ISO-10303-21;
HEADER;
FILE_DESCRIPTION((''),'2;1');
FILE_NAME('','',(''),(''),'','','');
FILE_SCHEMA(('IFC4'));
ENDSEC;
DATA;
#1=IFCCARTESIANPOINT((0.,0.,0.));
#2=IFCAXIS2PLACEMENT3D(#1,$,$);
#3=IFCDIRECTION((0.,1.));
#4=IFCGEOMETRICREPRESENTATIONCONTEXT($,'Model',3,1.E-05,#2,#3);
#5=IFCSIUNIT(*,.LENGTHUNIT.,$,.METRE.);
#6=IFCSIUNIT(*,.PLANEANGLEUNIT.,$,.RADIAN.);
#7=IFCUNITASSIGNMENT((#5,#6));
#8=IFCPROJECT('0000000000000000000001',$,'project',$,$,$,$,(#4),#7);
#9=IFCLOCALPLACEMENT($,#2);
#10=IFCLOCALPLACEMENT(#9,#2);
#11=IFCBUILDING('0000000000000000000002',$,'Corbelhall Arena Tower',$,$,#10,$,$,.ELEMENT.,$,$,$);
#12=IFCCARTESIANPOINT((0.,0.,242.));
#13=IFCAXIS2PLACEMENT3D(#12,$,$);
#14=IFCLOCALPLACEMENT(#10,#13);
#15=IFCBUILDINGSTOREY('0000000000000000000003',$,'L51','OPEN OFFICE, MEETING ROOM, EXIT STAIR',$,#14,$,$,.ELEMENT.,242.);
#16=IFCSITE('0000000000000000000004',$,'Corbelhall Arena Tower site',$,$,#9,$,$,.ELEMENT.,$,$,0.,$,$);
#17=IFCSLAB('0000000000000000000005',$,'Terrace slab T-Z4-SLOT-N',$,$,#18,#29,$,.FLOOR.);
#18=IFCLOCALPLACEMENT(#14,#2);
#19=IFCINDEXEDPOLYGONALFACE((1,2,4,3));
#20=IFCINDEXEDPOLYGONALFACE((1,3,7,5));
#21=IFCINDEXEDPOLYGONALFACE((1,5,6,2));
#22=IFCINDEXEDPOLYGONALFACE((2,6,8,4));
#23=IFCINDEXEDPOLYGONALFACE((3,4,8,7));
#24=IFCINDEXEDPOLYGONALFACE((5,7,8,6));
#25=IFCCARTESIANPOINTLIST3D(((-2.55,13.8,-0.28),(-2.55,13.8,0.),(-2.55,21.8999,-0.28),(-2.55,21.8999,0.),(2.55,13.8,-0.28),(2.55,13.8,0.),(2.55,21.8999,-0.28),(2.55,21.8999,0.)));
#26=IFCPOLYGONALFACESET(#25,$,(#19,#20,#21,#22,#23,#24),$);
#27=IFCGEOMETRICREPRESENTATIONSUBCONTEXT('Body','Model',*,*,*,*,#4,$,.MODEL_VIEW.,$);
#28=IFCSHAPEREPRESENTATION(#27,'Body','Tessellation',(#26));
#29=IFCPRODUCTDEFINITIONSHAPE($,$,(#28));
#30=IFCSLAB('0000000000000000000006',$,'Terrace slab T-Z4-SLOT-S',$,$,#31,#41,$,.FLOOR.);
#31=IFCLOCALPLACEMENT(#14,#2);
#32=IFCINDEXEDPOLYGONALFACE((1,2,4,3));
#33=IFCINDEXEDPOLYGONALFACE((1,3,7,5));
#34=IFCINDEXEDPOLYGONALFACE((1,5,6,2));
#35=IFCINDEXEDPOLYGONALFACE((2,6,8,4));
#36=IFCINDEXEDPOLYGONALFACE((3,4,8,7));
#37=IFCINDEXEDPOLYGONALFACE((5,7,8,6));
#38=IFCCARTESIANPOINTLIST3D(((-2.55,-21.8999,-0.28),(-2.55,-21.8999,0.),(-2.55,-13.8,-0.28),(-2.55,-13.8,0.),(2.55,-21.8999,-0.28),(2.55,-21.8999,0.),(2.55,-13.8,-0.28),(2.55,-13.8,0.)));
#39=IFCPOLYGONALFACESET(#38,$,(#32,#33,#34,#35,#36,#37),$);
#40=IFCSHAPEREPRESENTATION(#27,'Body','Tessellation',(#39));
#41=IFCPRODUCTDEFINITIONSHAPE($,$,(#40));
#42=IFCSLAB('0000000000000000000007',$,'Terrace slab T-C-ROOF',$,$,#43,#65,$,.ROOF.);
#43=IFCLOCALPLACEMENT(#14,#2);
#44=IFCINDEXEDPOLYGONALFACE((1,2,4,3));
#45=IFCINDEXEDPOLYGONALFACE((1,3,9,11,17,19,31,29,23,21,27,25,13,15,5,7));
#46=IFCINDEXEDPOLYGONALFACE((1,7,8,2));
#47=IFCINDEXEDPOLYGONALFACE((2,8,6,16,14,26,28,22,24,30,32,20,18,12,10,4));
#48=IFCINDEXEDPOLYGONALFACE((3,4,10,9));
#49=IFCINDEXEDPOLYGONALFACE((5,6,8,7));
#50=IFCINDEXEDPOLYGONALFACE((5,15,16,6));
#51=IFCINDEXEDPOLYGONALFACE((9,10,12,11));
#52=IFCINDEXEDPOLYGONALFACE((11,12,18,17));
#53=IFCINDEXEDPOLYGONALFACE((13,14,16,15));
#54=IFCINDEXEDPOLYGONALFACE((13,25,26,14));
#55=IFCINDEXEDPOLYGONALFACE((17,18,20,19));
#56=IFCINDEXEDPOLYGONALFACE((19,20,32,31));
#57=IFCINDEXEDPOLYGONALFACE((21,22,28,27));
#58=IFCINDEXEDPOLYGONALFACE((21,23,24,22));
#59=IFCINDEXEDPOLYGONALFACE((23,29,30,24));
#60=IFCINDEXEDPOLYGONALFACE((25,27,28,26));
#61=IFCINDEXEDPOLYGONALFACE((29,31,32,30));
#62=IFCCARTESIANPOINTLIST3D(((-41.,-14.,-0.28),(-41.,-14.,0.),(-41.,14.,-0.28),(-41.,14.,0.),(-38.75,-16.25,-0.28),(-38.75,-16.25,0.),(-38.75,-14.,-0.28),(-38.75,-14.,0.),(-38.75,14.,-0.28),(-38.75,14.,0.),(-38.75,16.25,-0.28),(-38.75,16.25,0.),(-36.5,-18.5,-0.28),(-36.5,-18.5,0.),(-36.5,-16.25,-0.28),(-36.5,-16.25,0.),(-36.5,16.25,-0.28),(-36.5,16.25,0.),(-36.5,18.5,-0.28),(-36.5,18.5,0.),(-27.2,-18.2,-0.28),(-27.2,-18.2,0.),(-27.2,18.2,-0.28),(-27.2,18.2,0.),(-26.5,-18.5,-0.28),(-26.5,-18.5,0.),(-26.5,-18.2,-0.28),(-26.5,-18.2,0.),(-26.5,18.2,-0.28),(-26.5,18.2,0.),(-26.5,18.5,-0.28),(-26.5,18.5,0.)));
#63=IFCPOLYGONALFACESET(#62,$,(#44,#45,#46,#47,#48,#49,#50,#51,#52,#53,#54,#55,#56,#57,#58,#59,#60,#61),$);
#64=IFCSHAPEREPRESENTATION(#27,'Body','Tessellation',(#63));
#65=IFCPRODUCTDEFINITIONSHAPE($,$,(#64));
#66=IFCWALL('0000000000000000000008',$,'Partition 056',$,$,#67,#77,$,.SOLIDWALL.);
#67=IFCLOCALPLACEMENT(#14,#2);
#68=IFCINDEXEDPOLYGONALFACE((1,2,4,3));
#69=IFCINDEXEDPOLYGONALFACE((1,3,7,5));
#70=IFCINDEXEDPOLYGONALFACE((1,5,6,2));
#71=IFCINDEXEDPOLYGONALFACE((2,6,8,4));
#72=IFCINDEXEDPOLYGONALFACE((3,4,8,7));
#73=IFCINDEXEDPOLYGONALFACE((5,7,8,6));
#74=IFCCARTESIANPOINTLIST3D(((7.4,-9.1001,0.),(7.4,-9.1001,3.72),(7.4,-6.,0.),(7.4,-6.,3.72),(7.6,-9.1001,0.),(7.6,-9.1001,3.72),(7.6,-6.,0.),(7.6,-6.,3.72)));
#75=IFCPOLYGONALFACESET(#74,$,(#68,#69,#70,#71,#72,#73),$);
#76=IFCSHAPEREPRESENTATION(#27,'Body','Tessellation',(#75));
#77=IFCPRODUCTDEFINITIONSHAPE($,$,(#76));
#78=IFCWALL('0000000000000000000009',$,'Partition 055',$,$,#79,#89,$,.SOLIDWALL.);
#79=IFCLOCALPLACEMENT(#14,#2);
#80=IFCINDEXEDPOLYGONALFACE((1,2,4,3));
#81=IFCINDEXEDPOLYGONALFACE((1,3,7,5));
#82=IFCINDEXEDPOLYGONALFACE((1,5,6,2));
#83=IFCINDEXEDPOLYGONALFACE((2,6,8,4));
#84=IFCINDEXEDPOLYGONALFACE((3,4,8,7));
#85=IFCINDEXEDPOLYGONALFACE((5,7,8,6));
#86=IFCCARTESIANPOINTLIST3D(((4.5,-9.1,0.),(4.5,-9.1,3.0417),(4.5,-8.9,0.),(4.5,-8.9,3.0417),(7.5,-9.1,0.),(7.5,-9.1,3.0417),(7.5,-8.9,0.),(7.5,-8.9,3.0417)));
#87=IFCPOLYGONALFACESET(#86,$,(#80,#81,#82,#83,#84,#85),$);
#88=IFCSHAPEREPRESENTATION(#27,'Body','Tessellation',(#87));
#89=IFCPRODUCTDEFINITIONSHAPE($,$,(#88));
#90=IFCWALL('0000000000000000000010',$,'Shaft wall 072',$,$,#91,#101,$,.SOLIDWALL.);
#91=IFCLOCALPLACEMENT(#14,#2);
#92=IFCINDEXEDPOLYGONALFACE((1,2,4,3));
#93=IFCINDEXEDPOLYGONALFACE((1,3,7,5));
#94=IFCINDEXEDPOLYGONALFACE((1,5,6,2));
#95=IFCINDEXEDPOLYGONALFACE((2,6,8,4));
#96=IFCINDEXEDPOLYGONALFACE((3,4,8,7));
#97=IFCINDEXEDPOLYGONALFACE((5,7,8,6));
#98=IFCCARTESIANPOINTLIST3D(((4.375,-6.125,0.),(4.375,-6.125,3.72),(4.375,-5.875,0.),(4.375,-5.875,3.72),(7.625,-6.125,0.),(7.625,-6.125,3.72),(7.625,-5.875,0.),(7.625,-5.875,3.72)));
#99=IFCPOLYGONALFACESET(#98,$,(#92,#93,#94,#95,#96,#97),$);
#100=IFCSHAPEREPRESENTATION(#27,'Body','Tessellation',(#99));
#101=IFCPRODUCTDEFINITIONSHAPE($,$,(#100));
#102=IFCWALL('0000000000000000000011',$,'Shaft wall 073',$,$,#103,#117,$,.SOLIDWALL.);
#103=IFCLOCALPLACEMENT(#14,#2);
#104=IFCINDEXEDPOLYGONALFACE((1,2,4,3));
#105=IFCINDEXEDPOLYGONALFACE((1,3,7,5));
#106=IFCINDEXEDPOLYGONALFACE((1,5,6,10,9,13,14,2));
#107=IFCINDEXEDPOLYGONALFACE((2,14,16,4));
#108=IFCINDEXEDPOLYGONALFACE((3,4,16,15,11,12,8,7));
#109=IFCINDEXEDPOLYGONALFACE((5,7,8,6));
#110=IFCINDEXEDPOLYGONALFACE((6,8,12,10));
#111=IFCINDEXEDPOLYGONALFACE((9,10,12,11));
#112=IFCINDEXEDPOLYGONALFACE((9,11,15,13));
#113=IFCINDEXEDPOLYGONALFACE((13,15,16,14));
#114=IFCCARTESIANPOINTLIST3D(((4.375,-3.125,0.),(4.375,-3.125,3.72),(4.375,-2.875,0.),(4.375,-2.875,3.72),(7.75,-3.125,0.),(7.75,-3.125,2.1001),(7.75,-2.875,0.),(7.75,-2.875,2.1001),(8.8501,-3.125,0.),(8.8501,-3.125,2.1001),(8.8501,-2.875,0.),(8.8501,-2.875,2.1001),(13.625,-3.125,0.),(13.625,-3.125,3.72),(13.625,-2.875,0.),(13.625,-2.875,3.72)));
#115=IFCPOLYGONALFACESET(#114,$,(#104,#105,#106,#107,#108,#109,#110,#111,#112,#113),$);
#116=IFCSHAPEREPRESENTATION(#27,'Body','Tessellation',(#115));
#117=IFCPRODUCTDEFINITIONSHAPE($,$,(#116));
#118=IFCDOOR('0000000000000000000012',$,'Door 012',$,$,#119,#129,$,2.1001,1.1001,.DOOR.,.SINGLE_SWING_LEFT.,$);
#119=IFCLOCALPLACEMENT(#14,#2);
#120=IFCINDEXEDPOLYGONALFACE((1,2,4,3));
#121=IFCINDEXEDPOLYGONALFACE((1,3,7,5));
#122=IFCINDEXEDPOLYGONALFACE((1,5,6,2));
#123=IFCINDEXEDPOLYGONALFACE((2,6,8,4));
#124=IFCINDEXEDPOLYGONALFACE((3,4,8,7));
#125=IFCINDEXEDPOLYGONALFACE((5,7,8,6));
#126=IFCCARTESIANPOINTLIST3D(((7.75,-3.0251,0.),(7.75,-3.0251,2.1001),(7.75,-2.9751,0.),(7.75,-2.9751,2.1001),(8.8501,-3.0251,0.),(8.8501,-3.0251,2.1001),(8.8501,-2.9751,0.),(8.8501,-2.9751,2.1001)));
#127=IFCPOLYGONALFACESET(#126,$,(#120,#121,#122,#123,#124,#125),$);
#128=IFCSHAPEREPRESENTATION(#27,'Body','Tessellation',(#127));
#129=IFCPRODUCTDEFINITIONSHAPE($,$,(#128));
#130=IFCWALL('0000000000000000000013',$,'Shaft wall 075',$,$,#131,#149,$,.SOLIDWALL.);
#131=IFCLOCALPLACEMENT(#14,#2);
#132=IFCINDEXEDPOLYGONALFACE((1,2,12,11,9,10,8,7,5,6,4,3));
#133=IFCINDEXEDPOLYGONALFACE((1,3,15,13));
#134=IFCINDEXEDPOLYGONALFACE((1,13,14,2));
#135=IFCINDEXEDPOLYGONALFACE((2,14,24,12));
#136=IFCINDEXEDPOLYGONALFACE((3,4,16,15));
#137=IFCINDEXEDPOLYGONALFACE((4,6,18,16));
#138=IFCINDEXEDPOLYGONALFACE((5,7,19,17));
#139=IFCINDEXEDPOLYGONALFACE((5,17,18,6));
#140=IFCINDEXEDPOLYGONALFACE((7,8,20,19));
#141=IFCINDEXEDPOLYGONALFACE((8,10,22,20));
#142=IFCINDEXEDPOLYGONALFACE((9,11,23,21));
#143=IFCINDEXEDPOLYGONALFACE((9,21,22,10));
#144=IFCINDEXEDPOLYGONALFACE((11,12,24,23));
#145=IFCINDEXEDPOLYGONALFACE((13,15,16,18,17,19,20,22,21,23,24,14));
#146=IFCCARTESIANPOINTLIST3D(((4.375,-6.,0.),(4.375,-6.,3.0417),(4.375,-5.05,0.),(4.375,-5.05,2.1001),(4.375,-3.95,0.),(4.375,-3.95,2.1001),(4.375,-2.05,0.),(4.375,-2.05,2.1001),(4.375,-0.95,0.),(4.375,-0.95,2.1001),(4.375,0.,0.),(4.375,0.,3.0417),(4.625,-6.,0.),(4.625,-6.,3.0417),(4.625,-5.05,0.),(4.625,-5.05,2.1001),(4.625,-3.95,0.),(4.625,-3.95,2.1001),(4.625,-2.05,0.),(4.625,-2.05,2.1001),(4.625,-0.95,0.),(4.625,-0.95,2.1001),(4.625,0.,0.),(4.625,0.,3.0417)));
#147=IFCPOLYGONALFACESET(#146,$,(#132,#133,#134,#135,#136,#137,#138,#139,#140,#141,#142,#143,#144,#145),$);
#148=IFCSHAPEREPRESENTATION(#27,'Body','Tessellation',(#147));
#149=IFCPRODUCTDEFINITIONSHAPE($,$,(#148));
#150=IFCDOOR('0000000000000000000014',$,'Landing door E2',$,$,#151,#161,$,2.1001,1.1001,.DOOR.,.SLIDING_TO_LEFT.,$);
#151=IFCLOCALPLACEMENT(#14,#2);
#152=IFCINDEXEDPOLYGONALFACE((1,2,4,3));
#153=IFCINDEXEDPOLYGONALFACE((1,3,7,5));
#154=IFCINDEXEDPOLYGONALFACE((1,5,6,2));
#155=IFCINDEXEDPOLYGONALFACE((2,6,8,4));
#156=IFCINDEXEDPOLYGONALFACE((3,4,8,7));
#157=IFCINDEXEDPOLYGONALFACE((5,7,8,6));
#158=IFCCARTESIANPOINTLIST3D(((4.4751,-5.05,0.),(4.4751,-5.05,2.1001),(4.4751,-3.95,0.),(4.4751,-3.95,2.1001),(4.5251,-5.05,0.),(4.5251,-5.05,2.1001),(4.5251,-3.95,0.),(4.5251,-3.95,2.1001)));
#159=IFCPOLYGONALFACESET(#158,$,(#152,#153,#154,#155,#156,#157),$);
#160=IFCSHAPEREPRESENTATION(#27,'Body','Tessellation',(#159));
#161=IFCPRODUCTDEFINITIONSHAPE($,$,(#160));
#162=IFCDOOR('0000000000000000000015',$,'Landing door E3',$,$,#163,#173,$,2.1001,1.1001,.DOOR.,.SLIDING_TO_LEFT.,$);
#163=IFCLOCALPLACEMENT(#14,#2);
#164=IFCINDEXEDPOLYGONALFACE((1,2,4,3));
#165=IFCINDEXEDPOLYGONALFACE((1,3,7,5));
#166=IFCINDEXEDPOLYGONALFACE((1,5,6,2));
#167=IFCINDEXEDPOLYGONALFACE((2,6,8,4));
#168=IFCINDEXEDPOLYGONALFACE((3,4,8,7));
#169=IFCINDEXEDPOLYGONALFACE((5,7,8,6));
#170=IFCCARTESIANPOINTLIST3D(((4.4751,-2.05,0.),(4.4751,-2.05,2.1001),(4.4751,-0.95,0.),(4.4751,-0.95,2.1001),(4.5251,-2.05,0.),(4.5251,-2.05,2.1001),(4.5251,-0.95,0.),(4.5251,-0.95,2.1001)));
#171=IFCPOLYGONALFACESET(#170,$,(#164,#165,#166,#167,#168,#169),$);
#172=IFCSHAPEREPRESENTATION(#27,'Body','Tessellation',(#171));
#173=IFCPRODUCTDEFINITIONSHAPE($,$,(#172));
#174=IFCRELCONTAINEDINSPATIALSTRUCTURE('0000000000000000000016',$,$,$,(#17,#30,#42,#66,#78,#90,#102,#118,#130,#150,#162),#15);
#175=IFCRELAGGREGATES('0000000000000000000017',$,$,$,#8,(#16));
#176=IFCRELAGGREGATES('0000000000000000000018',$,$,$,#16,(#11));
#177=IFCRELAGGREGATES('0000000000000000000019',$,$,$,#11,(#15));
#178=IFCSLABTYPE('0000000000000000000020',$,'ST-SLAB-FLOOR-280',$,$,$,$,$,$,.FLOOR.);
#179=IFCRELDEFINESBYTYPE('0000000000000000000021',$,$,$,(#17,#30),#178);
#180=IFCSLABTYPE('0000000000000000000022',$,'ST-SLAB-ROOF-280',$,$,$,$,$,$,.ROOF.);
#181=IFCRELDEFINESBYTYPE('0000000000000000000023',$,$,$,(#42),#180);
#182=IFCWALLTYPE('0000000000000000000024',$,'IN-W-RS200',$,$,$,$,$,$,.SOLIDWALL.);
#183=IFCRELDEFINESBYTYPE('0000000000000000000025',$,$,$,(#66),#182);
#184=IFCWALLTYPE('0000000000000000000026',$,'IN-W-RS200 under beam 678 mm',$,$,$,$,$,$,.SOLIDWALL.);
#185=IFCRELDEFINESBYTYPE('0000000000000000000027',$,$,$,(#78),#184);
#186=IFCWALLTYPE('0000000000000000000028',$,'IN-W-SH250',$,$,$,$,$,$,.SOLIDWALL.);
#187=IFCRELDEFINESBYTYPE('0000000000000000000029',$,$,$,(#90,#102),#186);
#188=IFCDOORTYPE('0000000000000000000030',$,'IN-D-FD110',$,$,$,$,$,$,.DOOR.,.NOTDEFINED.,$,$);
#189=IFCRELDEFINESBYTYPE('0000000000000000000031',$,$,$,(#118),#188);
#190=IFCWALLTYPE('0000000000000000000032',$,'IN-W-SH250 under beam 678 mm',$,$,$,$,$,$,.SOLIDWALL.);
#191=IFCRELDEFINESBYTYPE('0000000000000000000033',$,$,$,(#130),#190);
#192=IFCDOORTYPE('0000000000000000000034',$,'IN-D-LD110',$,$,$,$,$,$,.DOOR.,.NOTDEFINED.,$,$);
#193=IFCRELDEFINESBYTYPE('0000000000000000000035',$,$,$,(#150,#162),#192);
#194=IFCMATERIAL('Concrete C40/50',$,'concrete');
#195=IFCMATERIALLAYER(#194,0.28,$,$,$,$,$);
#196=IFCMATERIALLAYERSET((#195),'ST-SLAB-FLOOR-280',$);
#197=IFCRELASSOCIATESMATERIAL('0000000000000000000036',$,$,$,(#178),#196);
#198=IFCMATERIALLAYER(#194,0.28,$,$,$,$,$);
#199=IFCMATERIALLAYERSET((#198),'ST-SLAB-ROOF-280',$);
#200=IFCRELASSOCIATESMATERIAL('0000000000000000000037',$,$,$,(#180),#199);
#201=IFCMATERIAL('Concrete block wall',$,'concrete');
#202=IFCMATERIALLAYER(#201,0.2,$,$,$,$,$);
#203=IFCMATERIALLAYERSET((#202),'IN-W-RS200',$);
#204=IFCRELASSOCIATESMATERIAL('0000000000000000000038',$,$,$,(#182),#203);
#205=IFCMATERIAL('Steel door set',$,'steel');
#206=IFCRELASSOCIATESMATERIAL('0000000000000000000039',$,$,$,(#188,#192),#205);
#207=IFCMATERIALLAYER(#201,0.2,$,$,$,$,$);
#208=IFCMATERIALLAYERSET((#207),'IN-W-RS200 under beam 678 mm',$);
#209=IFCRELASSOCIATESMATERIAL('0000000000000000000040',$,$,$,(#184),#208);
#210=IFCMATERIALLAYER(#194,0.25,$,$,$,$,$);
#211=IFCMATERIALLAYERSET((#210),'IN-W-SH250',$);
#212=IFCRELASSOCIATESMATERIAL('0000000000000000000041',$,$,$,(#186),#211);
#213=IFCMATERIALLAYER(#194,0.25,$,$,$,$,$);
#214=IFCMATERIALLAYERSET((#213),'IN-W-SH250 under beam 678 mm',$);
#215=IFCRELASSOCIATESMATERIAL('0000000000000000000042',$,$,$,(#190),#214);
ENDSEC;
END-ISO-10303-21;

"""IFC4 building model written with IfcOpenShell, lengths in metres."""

from ifc_helpers import new_model, si_unit, direction, frame, frame_2d, origin, place, context, subcontext, project, spatial, polyline, rectangle, outline, extrude, material, layer, layer_set, type_object, element, fill, save


model = new_model("IFC4")

# Units and contexts
model_context = context("Model", 3, precision=1e-05, world=origin(), true_north=direction((0.0, 1.0)))
body_context = subcontext(model_context, "Body", "Model", "MODEL_VIEW")
ifc_project = project(units=[si_unit("LENGTHUNIT", "METRE"), si_unit("PLANEANGLEUNIT", "RADIAN")], contexts=[model_context])

# Site, building, storey
site_placement = place(None, origin())
site = spatial("IfcSite", under=ifc_project, at=site_placement, Name="Corbelhall Arena Tower site", CompositionType="ELEMENT", RefElevation=0.0)
building_placement = place(site_placement, origin())
building = spatial("IfcBuilding", under=site, at=building_placement, Name="Corbelhall Arena Tower", CompositionType="ELEMENT")
storey_placement = place(building_placement, frame((0.0, 0.0, 242.0)))
storey = spatial("IfcBuildingStorey", under=building, at=storey_placement, Name="L51", Description="OPEN OFFICE, MEETING ROOM, EXIT STAIR", CompositionType="ELEMENT", Elevation=242.0)

# Shared definitions
ifc_material_1 = material(Name="Concrete C40/50", Category="concrete")

# Slabs
ifc_layer_1 = layer(ifc_material_1, 0.28)
ifc_layer_set_1 = layer_set([ifc_layer_1], Name="ST-SLAB-FLOOR-280")
slab_type_1 = type_object("IfcSlabType", Name="ST-SLAB-FLOOR-280", PredefinedType="FLOOR", material=ifc_layer_set_1)
slab_1_placement = place(storey_placement, frame((0.0, 0.0, -0.28)))
element("IfcSlab", 1, at=slab_1_placement, inside=storey, type_object=slab_type_1, Name="Terrace slab T-Z4-SLOT-N", PredefinedType="FLOOR", context=body_context, shape_type="SweptSolid", body=[
    extrude(outline(polyline([(2.55, 13.8), (2.55, 21.8999), (-2.55, 21.8999), (-2.55, 13.8), (2.55, 13.8)])), origin(), (0.0, 0.0, 1.0), 0.28),
])
slab_2_placement = place(storey_placement, frame((0.0, 0.0, -0.28)))
element("IfcSlab", 2, at=slab_2_placement, inside=storey, type_object=slab_type_1, Name="Terrace slab T-Z4-SLOT-S", PredefinedType="FLOOR", context=body_context, shape_type="SweptSolid", body=[
    extrude(outline(polyline([(2.55, -21.8999), (2.55, -13.8), (-2.55, -13.8), (-2.55, -21.8999), (2.55, -21.8999)])), origin(), (0.0, 0.0, 1.0), 0.28),
])
ifc_layer_2 = layer(ifc_material_1, 0.28)
ifc_layer_set_2 = layer_set([ifc_layer_2], Name="ST-SLAB-ROOF-280")
slab_type_2 = type_object("IfcSlabType", Name="ST-SLAB-ROOF-280", PredefinedType="ROOF", material=ifc_layer_set_2)
slab_3_placement = place(storey_placement, frame((0.0, 0.0, -0.28)))
element("IfcSlab", 3, at=slab_3_placement, inside=storey, type_object=slab_type_2, Name="Terrace slab T-C-ROOF", PredefinedType="ROOF", context=body_context, shape_type="SweptSolid", body=[
    extrude(outline(polyline([(-36.5, -18.5), (-26.5, -18.5), (-26.5, -18.2), (-27.2, -18.2), (-27.2, 18.2), (-26.5, 18.2), (-26.5, 18.5), (-36.5, 18.5), (-36.5, 16.25), (-38.75, 16.25), (-38.75, 14.0), (-41.0, 14.0), (-41.0, -14.0), (-38.75, -14.0), (-38.75, -16.25), (-36.5, -16.25), (-36.5, -18.5)])), origin(), (0.0, 0.0, 1.0), 0.28),
])

# Wall
ifc_material_2 = material(Name="Concrete block wall", Category="concrete")
ifc_layer_3 = layer(ifc_material_2, 0.2)
ifc_layer_set_3 = layer_set([ifc_layer_3], Name="IN-W-RS200")
wall_type_1 = type_object("IfcWallType", Name="IN-W-RS200", PredefinedType="SOLIDWALL", material=ifc_layer_set_3)
wall_1_placement = place(storey_placement, frame((7.5, -6.0, 0.0), z_axis=(0.0, 0.0, 1.0), x_axis=(0.0, -1.0, 0.0)))
element("IfcWall", 4, at=wall_1_placement, inside=storey, type_object=wall_type_1, Name="Partition 056", PredefinedType="SOLIDWALL", context=body_context, shape_type="SweptSolid", body=[
    extrude(rectangle(XDim=3.1001, YDim=0.2, at=frame_2d((1.55, 0.0))), origin(), (0.0, 0.0, 1.0), 3.72),
])

# Shared definitions
ifc_material_3 = material(Name="Steel door set", Category="steel")
door_type_1 = type_object("IfcDoorType", Name="IN-D-FD110", OperationType="NOTDEFINED", PredefinedType="DOOR", material=ifc_material_3)

# Walls
ifc_layer_4 = layer(ifc_material_2, 0.2)
ifc_layer_set_4 = layer_set([ifc_layer_4], Name="IN-W-RS200 under beam 678 mm")
wall_type_2 = type_object("IfcWallType", Name="IN-W-RS200 under beam 678 mm", PredefinedType="SOLIDWALL", material=ifc_layer_set_4)
wall_2_placement = place(storey_placement, frame((7.5, -9.0, 0.0), z_axis=(0.0, 0.0, 1.0), x_axis=(-1.0, 0.0, 0.0)))
element("IfcWall", 5, at=wall_2_placement, inside=storey, type_object=wall_type_2, Name="Partition 055", PredefinedType="SOLIDWALL", context=body_context, shape_type="SweptSolid", body=[
    extrude(rectangle(XDim=3.0, YDim=0.2, at=frame_2d((1.5, 0.0))), origin(), (0.0, 0.0, 1.0), 3.0417),
])
ifc_layer_5 = layer(ifc_material_1, 0.25)
ifc_layer_set_5 = layer_set([ifc_layer_5], Name="IN-W-SH250")
wall_type_3 = type_object("IfcWallType", Name="IN-W-SH250", PredefinedType="SOLIDWALL", material=ifc_layer_set_5)
wall_3_placement = place(storey_placement, frame((4.375, -6.0, 0.0), z_axis=(0.0, 0.0, 1.0), x_axis=(1.0, 0.0, 0.0)))
element("IfcWall", 6, at=wall_3_placement, inside=storey, type_object=wall_type_3, Name="Shaft wall 072", PredefinedType="SOLIDWALL", context=body_context, shape_type="SweptSolid", body=[
    extrude(rectangle(XDim=3.25, YDim=0.25, at=frame_2d((1.625, 0.0))), origin(), (0.0, 0.0, 1.0), 3.72),
])

# Wall, opening, door
wall_4_placement = place(storey_placement, frame((4.375, -3.0, 0.0), z_axis=(0.0, 0.0, 1.0), x_axis=(1.0, 0.0, 0.0)))
wall_4 = element("IfcWall", 7, at=wall_4_placement, inside=storey, type_object=wall_type_3, Name="Shaft wall 073", PredefinedType="SOLIDWALL", context=body_context, shape_type="SweptSolid", body=[
    extrude(rectangle(XDim=9.25, YDim=0.25, at=frame_2d((4.625, 0.0))), origin(), (0.0, 0.0, 1.0), 3.72),
])
opening_1_placement = place(wall_4_placement, frame((3.375, 0.0, 0.0)))
opening_1 = element("IfcOpeningElement", 8, at=opening_1_placement, cuts=wall_4, PredefinedType="OPENING", context=body_context, shape_type="SweptSolid", body=[
    extrude(rectangle(XDim=1.1001, YDim=2.1001, at=frame_2d((0.55, 1.05))), frame((0.0, 0.125, 0.0), z_axis=(0.0, -1.0, 0.0), x_axis=(1.0, 0.0, 0.0)), (0.0, 0.0, 1.0), 0.25),
])
door_1_placement = place(opening_1_placement, origin())
door_1 = element("IfcDoor", 9, at=door_1_placement, inside=storey, type_object=door_type_1, Name="Door 012", OperationType="SINGLE_SWING_LEFT", OverallHeight=2.1001, OverallWidth=1.1001, PredefinedType="DOOR", context=body_context, shape_type="SweptSolid", body=[
    extrude(rectangle(XDim=1.1001, YDim=2.1001, at=frame_2d((0.55, 1.05))), frame((0.0, 0.0249, 0.0), z_axis=(0.0, -1.0, 0.0), x_axis=(1.0, 0.0, 0.0)), (0.0, 0.0, 1.0), 0.05),
])
fill(opening_1, door_1)

# Wall, openings, doors
ifc_layer_6 = layer(ifc_material_1, 0.25)
ifc_layer_set_6 = layer_set([ifc_layer_6], Name="IN-W-SH250 under beam 678 mm")
wall_type_4 = type_object("IfcWallType", Name="IN-W-SH250 under beam 678 mm", PredefinedType="SOLIDWALL", material=ifc_layer_set_6)
wall_5_placement = place(storey_placement, frame((4.5, -6.0, 0.0), z_axis=(0.0, 0.0, 1.0), x_axis=(0.0, 1.0, 0.0)))
wall_5 = element("IfcWall", 10, at=wall_5_placement, inside=storey, type_object=wall_type_4, Name="Shaft wall 075", PredefinedType="SOLIDWALL", context=body_context, shape_type="SweptSolid", body=[
    extrude(rectangle(XDim=6.0, YDim=0.25, at=frame_2d((3.0, 0.0))), origin(), (0.0, 0.0, 1.0), 3.0417),
])
opening_2_placement = place(wall_5_placement, frame((0.95, 0.0, 0.0)))
opening_2 = element("IfcOpeningElement", 11, at=opening_2_placement, cuts=wall_5, PredefinedType="OPENING", context=body_context, shape_type="SweptSolid", body=[
    extrude(rectangle(XDim=1.1001, YDim=2.1001, at=frame_2d((0.55, 1.05))), frame((0.0, 0.125, 0.0), z_axis=(0.0, -1.0, 0.0), x_axis=(1.0, 0.0, 0.0)), (0.0, 0.0, 1.0), 0.25),
])
opening_3_placement = place(wall_5_placement, frame((3.95, 0.0, 0.0)))
opening_3 = element("IfcOpeningElement", 12, at=opening_3_placement, cuts=wall_5, PredefinedType="OPENING", context=body_context, shape_type="SweptSolid", body=[
    extrude(rectangle(XDim=1.1001, YDim=2.1001, at=frame_2d((0.55, 1.05))), frame((0.0, 0.125, 0.0), z_axis=(0.0, -1.0, 0.0), x_axis=(1.0, 0.0, 0.0)), (0.0, 0.0, 1.0), 0.25),
])
door_type_2 = type_object("IfcDoorType", Name="IN-D-LD110", OperationType="NOTDEFINED", PredefinedType="DOOR", material=ifc_material_3)
door_2_placement = place(opening_2_placement, origin())
door_2 = element("IfcDoor", 13, at=door_2_placement, inside=storey, type_object=door_type_2, Name="Landing door E2", OperationType="SLIDING_TO_LEFT", OverallHeight=2.1001, OverallWidth=1.1001, PredefinedType="DOOR", context=body_context, shape_type="SweptSolid", body=[
    extrude(rectangle(XDim=1.1001, YDim=2.1001, at=frame_2d((0.55, 1.05))), frame((0.0, 0.0249, 0.0), z_axis=(0.0, -1.0, 0.0), x_axis=(1.0, 0.0, 0.0)), (0.0, 0.0, 1.0), 0.05),
])
fill(opening_2, door_2)
door_3_placement = place(opening_3_placement, origin())
door_3 = element("IfcDoor", 14, at=door_3_placement, inside=storey, type_object=door_type_2, Name="Landing door E3", OperationType="SLIDING_TO_LEFT", OverallHeight=2.1001, OverallWidth=1.1001, PredefinedType="DOOR", context=body_context, shape_type="SweptSolid", body=[
    extrude(rectangle(XDim=1.1001, YDim=2.1001, at=frame_2d((0.55, 1.05))), frame((0.0, 0.0249, 0.0), z_axis=(0.0, -1.0, 0.0), x_axis=(1.0, 0.0, 0.0)), (0.0, 0.0, 1.0), 0.05),
])
fill(opening_3, door_3)

save(model, "model.ifc")
